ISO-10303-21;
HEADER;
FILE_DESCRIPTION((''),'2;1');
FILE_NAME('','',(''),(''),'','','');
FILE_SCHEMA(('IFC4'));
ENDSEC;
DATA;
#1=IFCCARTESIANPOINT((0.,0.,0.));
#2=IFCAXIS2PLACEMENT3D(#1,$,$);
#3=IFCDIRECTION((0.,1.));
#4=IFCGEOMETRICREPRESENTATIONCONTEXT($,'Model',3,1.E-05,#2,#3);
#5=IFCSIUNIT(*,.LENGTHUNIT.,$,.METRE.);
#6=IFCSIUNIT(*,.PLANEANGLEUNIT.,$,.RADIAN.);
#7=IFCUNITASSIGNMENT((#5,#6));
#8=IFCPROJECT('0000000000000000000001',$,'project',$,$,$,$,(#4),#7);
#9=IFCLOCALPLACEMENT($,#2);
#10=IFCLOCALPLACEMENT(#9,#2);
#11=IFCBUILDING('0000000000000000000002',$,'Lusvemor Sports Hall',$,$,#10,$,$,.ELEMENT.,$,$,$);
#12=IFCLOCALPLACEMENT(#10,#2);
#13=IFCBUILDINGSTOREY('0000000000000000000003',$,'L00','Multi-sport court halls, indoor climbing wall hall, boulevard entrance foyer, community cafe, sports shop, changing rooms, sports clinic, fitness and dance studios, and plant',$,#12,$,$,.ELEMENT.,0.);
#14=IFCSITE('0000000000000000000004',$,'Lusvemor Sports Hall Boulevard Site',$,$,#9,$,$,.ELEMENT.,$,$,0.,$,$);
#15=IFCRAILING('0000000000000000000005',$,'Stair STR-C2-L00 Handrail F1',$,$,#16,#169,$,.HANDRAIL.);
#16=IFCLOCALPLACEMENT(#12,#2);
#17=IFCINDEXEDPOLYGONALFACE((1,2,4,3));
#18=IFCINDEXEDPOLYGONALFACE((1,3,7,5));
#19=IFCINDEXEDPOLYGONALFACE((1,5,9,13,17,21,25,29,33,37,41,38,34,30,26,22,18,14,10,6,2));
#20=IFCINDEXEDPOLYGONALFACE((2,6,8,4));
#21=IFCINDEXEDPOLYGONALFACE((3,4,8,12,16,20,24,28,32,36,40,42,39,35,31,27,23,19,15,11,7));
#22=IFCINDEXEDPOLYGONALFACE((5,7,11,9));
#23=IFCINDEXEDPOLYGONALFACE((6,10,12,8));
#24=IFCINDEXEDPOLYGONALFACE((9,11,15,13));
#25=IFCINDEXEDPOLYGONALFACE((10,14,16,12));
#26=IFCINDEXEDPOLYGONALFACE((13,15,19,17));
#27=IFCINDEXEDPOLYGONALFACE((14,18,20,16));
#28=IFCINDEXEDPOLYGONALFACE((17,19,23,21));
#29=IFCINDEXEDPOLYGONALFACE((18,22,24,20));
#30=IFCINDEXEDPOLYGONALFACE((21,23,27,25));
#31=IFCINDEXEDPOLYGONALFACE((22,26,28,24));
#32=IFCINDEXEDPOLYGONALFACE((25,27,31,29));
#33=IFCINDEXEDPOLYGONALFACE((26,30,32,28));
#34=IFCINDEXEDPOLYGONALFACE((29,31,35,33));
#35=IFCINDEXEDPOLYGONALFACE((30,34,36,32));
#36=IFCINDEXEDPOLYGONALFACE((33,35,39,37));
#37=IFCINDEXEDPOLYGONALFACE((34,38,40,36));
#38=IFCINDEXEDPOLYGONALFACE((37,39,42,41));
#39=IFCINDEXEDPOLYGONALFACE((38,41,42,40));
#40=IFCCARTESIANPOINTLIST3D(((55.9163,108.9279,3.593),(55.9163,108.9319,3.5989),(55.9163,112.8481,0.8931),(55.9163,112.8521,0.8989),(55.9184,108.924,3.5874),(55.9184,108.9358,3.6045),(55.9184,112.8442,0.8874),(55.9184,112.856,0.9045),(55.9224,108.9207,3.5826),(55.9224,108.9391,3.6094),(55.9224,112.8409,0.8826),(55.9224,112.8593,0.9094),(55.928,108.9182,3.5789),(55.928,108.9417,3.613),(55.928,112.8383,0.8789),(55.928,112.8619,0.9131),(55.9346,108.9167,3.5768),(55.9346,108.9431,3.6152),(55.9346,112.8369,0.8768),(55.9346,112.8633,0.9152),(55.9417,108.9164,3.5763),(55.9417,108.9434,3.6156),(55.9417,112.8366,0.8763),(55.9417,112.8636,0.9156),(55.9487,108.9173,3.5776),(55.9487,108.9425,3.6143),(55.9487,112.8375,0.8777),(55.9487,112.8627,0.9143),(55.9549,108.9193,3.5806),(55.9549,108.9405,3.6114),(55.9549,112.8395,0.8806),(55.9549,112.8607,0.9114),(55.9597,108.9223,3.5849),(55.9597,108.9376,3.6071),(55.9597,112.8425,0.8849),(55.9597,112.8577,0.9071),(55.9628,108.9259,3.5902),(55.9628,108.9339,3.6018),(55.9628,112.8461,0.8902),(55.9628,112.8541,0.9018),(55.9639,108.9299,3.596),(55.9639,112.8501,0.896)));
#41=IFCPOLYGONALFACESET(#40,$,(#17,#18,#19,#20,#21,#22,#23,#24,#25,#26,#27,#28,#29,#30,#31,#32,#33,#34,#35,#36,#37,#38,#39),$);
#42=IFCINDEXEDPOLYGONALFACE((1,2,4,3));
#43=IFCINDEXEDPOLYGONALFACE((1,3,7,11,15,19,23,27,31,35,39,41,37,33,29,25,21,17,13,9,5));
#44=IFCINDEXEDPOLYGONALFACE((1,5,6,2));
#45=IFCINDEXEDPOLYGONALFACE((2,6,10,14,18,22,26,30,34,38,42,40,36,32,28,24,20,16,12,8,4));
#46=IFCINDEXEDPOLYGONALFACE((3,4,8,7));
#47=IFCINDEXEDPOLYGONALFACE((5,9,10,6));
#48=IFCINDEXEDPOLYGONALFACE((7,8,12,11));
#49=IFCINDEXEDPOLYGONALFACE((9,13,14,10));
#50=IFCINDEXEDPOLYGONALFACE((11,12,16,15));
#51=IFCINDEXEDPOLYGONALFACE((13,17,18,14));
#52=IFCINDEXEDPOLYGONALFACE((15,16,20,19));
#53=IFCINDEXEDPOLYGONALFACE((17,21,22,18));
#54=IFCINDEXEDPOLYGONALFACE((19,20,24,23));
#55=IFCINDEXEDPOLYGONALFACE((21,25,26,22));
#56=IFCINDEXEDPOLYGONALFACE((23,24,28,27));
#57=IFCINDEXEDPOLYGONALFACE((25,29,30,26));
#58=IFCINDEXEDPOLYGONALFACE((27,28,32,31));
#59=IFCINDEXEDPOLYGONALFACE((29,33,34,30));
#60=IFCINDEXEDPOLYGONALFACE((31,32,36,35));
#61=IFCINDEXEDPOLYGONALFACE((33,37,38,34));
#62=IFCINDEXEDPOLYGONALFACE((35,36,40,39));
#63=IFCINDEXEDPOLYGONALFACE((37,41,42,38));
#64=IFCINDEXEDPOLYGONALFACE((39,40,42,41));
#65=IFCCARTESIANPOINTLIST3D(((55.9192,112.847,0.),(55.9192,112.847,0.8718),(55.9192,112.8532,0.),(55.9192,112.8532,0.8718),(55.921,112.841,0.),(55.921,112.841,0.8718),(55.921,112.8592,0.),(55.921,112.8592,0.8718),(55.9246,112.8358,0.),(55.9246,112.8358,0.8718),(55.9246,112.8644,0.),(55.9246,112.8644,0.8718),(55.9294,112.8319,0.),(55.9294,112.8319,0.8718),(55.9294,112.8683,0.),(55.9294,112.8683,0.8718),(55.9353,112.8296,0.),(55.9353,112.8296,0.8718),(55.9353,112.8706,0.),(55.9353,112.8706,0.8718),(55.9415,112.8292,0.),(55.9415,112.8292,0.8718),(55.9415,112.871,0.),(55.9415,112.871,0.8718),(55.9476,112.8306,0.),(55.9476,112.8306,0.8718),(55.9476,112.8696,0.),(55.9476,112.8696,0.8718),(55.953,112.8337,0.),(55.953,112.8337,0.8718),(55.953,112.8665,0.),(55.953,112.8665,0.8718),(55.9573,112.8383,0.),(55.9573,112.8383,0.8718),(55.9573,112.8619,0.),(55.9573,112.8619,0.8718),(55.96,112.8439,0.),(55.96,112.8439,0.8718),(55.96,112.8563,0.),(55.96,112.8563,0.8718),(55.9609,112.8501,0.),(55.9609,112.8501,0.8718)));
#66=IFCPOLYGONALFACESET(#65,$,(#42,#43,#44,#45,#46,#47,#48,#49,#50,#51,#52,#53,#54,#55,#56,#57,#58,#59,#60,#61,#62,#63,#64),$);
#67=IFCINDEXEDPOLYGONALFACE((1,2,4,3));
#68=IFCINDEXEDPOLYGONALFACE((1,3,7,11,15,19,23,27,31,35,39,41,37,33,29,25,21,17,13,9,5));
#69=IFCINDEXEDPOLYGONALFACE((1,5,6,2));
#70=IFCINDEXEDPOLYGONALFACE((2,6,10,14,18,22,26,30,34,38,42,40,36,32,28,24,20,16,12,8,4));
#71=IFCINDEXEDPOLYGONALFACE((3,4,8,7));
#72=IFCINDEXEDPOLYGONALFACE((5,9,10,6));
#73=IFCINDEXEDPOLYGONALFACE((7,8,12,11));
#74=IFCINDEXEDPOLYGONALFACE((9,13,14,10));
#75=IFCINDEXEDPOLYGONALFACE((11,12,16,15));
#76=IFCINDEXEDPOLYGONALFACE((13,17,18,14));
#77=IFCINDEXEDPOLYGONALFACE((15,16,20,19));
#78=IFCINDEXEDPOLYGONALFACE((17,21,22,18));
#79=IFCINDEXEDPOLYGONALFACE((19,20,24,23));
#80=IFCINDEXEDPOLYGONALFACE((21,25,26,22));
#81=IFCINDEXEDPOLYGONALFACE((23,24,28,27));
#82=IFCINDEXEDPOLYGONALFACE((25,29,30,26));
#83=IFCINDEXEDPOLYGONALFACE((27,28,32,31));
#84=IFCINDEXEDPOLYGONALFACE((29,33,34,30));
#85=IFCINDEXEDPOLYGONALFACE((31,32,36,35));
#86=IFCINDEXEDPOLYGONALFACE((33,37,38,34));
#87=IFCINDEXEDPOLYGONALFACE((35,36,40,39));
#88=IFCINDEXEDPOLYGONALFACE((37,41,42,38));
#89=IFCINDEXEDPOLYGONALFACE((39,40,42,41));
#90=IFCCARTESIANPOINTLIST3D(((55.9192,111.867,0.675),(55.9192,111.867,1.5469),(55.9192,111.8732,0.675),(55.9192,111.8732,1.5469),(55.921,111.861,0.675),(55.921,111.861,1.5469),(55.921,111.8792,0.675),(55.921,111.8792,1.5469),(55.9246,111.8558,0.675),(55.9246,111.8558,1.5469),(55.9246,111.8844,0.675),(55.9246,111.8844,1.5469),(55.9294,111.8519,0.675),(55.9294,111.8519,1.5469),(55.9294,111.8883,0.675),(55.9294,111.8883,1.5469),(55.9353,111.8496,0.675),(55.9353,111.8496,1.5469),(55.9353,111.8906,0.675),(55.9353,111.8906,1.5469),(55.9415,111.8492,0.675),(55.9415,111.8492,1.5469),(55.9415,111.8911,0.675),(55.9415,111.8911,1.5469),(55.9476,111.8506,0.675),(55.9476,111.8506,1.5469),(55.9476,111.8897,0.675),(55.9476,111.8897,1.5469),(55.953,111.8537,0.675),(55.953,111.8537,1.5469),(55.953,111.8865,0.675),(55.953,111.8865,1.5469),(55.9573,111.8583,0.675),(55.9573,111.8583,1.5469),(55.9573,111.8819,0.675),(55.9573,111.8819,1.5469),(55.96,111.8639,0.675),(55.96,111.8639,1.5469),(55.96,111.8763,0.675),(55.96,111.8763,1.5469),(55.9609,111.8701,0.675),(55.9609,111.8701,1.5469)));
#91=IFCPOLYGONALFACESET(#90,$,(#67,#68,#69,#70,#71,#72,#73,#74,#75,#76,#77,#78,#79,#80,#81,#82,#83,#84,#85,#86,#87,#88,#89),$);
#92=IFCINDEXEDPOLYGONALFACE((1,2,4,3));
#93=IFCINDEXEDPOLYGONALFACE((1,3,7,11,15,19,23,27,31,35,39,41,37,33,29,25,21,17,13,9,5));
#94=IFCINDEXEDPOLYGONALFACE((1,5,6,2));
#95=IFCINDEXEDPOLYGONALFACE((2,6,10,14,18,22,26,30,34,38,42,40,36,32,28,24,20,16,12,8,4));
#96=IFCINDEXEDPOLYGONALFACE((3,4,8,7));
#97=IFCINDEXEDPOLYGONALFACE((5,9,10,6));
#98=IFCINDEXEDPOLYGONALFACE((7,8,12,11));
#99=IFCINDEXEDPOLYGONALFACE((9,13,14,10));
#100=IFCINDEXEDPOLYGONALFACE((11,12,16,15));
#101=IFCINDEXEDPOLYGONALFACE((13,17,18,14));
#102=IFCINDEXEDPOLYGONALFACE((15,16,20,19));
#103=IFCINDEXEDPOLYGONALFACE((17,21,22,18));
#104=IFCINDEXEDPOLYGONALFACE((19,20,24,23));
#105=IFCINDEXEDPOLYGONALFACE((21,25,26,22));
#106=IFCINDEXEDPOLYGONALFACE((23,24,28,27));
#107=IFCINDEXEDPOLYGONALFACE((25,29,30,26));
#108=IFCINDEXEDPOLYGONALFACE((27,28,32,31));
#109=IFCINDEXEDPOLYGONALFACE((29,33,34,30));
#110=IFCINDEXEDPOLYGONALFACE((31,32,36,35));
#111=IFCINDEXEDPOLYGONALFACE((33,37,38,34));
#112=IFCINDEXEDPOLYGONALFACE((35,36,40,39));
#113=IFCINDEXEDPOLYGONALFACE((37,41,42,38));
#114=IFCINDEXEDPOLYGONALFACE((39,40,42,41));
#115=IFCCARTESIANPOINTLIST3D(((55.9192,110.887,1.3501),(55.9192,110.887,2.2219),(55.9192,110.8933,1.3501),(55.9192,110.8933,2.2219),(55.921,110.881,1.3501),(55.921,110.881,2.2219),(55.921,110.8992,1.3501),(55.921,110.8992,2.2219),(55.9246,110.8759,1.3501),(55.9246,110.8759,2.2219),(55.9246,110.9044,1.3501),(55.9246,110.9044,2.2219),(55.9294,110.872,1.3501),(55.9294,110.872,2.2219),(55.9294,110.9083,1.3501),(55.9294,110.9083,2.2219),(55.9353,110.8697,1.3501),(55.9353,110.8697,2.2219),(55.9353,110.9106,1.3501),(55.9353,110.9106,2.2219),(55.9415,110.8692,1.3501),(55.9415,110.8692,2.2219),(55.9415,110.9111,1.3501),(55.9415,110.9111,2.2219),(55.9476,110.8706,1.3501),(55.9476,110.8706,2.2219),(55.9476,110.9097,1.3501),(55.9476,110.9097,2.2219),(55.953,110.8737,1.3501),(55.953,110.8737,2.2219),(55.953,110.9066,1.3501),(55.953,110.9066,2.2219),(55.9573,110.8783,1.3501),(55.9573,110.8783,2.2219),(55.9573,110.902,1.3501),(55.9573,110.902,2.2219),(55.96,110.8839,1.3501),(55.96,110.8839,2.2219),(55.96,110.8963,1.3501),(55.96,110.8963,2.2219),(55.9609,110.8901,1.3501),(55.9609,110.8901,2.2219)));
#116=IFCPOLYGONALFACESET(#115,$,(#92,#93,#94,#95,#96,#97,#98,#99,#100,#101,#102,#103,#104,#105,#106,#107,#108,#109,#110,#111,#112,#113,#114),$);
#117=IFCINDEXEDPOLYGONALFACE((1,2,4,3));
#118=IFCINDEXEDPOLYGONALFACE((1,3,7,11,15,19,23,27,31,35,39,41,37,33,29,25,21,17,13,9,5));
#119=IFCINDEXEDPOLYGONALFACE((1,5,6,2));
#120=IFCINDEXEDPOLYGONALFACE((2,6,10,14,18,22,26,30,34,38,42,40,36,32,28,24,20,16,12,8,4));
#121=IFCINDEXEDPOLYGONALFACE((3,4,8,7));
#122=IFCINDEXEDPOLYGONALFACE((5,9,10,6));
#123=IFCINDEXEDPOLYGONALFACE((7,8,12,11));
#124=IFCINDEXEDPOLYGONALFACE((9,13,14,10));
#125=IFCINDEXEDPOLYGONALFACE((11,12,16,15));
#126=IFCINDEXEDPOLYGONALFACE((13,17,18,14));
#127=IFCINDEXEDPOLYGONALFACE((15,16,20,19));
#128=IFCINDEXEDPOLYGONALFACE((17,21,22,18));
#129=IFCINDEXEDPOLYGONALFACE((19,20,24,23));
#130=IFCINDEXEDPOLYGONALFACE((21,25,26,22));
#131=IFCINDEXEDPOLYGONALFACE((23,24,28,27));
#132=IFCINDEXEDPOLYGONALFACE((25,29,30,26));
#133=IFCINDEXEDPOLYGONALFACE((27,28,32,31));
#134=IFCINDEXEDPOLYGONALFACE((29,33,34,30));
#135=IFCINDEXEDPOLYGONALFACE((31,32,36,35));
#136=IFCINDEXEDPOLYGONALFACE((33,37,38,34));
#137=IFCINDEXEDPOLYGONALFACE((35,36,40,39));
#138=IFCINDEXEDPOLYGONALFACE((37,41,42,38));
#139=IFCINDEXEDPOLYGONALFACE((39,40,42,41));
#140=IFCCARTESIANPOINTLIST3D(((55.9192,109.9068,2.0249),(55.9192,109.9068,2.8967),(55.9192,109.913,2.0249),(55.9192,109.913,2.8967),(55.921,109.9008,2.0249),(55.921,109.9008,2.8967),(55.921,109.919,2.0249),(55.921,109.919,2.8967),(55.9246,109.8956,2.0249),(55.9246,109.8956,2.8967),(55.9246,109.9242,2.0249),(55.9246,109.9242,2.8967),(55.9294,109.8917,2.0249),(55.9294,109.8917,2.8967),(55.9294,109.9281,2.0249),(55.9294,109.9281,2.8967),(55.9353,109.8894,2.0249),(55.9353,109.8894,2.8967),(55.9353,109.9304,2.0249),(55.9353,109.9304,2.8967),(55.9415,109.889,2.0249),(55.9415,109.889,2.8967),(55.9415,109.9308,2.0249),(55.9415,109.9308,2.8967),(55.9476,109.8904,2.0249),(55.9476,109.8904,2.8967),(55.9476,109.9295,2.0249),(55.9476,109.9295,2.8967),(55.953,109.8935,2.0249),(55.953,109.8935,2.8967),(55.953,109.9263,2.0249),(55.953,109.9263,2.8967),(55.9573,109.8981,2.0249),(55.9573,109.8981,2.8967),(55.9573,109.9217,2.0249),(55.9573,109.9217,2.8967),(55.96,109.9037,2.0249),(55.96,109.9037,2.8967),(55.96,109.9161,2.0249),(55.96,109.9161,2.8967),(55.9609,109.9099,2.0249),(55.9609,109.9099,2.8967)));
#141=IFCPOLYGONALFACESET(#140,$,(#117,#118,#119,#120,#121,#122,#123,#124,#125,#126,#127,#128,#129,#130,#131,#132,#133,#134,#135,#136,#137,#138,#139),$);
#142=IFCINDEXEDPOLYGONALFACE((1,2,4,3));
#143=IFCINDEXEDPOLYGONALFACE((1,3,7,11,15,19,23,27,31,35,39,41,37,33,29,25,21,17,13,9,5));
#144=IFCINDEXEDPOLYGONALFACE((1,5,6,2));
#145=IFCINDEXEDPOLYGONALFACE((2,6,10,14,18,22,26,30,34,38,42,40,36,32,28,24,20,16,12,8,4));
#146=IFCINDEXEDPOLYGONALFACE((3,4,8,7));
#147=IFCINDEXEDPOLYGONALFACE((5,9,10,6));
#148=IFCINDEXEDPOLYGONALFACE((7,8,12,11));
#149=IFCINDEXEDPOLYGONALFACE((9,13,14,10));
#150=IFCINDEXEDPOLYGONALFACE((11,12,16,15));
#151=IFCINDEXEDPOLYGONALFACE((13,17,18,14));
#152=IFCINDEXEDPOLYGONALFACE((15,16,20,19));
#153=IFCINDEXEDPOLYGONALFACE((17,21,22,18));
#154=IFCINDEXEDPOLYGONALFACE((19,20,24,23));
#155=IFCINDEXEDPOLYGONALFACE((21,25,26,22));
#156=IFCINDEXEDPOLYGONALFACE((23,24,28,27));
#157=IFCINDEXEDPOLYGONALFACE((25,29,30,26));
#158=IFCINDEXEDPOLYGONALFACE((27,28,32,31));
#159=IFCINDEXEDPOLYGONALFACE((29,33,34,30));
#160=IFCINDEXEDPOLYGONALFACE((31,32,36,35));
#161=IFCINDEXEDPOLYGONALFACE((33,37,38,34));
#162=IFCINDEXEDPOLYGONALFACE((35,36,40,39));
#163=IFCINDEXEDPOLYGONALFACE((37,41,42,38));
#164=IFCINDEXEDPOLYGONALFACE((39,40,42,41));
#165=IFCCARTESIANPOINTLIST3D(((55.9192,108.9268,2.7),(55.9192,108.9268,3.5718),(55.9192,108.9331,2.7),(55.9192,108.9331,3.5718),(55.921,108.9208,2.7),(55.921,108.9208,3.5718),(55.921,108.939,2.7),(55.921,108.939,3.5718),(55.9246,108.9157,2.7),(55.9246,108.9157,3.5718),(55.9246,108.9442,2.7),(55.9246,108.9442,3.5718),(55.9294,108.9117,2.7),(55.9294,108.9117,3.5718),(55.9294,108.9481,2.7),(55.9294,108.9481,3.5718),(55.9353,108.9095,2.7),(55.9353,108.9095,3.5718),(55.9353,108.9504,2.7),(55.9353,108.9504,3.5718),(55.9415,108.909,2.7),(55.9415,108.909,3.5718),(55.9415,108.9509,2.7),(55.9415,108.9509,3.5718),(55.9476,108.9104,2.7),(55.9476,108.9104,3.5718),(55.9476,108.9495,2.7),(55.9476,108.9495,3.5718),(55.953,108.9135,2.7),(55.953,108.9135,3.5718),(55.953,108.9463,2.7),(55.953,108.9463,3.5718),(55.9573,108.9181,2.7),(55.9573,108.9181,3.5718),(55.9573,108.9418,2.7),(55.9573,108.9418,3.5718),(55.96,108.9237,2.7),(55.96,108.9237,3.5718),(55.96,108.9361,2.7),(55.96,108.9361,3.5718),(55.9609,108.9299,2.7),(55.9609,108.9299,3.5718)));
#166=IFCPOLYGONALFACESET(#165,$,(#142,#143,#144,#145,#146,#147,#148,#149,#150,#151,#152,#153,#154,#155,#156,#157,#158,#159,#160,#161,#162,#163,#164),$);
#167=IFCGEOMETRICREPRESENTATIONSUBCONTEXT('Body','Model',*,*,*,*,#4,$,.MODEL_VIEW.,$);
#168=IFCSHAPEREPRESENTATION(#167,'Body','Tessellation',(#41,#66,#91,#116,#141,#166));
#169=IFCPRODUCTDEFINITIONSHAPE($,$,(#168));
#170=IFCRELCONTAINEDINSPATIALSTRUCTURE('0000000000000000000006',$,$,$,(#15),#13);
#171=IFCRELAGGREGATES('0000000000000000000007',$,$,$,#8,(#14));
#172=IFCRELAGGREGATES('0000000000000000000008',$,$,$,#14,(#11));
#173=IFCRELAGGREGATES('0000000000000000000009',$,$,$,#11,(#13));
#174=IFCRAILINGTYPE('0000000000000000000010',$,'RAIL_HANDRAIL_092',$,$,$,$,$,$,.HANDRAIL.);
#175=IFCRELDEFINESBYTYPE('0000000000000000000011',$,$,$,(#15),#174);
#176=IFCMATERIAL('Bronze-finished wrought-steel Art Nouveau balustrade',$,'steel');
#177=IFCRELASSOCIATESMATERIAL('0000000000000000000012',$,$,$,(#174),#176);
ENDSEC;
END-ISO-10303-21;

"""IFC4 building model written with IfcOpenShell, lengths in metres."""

from ifc_helpers import new_model, si_unit, direction, frame, origin, origin_2d, place, context, subcontext, project, spatial, circle, extrude, material, type_object, element, save


model = new_model("IFC4")

# Units and contexts
model_context = context("Model", 3, precision=1e-05, world=origin(), true_north=direction((0.0, 1.0)))
body_context = subcontext(model_context, "Body", "Model", "MODEL_VIEW")
ifc_project = project(units=[si_unit("LENGTHUNIT", "METRE"), si_unit("PLANEANGLEUNIT", "RADIAN")], contexts=[model_context])

# Site, building, storey
site_placement = place(None, origin())
site = spatial("IfcSite", under=ifc_project, at=site_placement, Name="Lusvemor Sports Hall Boulevard Site", CompositionType="ELEMENT", RefElevation=0.0)
building_placement = place(site_placement, origin())
building = spatial("IfcBuilding", under=site, at=building_placement, Name="Lusvemor Sports Hall", CompositionType="ELEMENT")
storey_placement = place(building_placement, origin())
storey = spatial("IfcBuildingStorey", under=building, at=storey_placement, Name="L00", Description="Multi-sport court halls, indoor climbing wall hall, boulevard entrance foyer, community cafe, sports shop, changing rooms, sports clinic, fitness and dance studios, and plant", CompositionType="ELEMENT", Elevation=0.0)

# Railing
ifc_material_1 = material(Name="Bronze-finished wrought-steel Art Nouveau balustrade", Category="steel")
railing_type_1 = type_object("IfcRailingType", Name="RAIL_HANDRAIL_092", PredefinedType="HANDRAIL", material=ifc_material_1)
railing_1_placement = place(storey_placement, frame((55.9399, 112.8501, 0.0)))
element("IfcRailing", 1, at=railing_1_placement, inside=storey, type_object=railing_type_1, Name="Stair STR-C2-L00 Handrail F1", PredefinedType="HANDRAIL", context=body_context, shape_type="SweptSolid", body=[
    extrude(circle(Radius=0.0239, at=origin_2d()), frame((0.0, 0.0, 0.896), z_axis=(0.0, -0.823567, 0.567219), x_axis=(1.0, 0.0, 0.0)), (0.0, 0.0, 1.0), 4.76),
    extrude(circle(Radius=0.021, at=origin_2d()), origin(), (0.0, 0.0, 1.0), 0.8718),
    extrude(circle(Radius=0.021, at=origin_2d()), frame((0.0, -0.98, 0.675)), (0.0, 0.0, 1.0), 0.8718),
    extrude(circle(Radius=0.021, at=origin_2d()), frame((0.0, -1.96, 1.3501)), (0.0, 0.0, 1.0), 0.8718),
    extrude(circle(Radius=0.021, at=origin_2d()), frame((0.0, -2.9402, 2.0249)), (0.0, 0.0, 1.0), 0.8718),
    extrude(circle(Radius=0.021, at=origin_2d()), frame((0.0, -3.9202, 2.7)), (0.0, 0.0, 1.0), 0.8718),
])

save(model, "model.ifc")
